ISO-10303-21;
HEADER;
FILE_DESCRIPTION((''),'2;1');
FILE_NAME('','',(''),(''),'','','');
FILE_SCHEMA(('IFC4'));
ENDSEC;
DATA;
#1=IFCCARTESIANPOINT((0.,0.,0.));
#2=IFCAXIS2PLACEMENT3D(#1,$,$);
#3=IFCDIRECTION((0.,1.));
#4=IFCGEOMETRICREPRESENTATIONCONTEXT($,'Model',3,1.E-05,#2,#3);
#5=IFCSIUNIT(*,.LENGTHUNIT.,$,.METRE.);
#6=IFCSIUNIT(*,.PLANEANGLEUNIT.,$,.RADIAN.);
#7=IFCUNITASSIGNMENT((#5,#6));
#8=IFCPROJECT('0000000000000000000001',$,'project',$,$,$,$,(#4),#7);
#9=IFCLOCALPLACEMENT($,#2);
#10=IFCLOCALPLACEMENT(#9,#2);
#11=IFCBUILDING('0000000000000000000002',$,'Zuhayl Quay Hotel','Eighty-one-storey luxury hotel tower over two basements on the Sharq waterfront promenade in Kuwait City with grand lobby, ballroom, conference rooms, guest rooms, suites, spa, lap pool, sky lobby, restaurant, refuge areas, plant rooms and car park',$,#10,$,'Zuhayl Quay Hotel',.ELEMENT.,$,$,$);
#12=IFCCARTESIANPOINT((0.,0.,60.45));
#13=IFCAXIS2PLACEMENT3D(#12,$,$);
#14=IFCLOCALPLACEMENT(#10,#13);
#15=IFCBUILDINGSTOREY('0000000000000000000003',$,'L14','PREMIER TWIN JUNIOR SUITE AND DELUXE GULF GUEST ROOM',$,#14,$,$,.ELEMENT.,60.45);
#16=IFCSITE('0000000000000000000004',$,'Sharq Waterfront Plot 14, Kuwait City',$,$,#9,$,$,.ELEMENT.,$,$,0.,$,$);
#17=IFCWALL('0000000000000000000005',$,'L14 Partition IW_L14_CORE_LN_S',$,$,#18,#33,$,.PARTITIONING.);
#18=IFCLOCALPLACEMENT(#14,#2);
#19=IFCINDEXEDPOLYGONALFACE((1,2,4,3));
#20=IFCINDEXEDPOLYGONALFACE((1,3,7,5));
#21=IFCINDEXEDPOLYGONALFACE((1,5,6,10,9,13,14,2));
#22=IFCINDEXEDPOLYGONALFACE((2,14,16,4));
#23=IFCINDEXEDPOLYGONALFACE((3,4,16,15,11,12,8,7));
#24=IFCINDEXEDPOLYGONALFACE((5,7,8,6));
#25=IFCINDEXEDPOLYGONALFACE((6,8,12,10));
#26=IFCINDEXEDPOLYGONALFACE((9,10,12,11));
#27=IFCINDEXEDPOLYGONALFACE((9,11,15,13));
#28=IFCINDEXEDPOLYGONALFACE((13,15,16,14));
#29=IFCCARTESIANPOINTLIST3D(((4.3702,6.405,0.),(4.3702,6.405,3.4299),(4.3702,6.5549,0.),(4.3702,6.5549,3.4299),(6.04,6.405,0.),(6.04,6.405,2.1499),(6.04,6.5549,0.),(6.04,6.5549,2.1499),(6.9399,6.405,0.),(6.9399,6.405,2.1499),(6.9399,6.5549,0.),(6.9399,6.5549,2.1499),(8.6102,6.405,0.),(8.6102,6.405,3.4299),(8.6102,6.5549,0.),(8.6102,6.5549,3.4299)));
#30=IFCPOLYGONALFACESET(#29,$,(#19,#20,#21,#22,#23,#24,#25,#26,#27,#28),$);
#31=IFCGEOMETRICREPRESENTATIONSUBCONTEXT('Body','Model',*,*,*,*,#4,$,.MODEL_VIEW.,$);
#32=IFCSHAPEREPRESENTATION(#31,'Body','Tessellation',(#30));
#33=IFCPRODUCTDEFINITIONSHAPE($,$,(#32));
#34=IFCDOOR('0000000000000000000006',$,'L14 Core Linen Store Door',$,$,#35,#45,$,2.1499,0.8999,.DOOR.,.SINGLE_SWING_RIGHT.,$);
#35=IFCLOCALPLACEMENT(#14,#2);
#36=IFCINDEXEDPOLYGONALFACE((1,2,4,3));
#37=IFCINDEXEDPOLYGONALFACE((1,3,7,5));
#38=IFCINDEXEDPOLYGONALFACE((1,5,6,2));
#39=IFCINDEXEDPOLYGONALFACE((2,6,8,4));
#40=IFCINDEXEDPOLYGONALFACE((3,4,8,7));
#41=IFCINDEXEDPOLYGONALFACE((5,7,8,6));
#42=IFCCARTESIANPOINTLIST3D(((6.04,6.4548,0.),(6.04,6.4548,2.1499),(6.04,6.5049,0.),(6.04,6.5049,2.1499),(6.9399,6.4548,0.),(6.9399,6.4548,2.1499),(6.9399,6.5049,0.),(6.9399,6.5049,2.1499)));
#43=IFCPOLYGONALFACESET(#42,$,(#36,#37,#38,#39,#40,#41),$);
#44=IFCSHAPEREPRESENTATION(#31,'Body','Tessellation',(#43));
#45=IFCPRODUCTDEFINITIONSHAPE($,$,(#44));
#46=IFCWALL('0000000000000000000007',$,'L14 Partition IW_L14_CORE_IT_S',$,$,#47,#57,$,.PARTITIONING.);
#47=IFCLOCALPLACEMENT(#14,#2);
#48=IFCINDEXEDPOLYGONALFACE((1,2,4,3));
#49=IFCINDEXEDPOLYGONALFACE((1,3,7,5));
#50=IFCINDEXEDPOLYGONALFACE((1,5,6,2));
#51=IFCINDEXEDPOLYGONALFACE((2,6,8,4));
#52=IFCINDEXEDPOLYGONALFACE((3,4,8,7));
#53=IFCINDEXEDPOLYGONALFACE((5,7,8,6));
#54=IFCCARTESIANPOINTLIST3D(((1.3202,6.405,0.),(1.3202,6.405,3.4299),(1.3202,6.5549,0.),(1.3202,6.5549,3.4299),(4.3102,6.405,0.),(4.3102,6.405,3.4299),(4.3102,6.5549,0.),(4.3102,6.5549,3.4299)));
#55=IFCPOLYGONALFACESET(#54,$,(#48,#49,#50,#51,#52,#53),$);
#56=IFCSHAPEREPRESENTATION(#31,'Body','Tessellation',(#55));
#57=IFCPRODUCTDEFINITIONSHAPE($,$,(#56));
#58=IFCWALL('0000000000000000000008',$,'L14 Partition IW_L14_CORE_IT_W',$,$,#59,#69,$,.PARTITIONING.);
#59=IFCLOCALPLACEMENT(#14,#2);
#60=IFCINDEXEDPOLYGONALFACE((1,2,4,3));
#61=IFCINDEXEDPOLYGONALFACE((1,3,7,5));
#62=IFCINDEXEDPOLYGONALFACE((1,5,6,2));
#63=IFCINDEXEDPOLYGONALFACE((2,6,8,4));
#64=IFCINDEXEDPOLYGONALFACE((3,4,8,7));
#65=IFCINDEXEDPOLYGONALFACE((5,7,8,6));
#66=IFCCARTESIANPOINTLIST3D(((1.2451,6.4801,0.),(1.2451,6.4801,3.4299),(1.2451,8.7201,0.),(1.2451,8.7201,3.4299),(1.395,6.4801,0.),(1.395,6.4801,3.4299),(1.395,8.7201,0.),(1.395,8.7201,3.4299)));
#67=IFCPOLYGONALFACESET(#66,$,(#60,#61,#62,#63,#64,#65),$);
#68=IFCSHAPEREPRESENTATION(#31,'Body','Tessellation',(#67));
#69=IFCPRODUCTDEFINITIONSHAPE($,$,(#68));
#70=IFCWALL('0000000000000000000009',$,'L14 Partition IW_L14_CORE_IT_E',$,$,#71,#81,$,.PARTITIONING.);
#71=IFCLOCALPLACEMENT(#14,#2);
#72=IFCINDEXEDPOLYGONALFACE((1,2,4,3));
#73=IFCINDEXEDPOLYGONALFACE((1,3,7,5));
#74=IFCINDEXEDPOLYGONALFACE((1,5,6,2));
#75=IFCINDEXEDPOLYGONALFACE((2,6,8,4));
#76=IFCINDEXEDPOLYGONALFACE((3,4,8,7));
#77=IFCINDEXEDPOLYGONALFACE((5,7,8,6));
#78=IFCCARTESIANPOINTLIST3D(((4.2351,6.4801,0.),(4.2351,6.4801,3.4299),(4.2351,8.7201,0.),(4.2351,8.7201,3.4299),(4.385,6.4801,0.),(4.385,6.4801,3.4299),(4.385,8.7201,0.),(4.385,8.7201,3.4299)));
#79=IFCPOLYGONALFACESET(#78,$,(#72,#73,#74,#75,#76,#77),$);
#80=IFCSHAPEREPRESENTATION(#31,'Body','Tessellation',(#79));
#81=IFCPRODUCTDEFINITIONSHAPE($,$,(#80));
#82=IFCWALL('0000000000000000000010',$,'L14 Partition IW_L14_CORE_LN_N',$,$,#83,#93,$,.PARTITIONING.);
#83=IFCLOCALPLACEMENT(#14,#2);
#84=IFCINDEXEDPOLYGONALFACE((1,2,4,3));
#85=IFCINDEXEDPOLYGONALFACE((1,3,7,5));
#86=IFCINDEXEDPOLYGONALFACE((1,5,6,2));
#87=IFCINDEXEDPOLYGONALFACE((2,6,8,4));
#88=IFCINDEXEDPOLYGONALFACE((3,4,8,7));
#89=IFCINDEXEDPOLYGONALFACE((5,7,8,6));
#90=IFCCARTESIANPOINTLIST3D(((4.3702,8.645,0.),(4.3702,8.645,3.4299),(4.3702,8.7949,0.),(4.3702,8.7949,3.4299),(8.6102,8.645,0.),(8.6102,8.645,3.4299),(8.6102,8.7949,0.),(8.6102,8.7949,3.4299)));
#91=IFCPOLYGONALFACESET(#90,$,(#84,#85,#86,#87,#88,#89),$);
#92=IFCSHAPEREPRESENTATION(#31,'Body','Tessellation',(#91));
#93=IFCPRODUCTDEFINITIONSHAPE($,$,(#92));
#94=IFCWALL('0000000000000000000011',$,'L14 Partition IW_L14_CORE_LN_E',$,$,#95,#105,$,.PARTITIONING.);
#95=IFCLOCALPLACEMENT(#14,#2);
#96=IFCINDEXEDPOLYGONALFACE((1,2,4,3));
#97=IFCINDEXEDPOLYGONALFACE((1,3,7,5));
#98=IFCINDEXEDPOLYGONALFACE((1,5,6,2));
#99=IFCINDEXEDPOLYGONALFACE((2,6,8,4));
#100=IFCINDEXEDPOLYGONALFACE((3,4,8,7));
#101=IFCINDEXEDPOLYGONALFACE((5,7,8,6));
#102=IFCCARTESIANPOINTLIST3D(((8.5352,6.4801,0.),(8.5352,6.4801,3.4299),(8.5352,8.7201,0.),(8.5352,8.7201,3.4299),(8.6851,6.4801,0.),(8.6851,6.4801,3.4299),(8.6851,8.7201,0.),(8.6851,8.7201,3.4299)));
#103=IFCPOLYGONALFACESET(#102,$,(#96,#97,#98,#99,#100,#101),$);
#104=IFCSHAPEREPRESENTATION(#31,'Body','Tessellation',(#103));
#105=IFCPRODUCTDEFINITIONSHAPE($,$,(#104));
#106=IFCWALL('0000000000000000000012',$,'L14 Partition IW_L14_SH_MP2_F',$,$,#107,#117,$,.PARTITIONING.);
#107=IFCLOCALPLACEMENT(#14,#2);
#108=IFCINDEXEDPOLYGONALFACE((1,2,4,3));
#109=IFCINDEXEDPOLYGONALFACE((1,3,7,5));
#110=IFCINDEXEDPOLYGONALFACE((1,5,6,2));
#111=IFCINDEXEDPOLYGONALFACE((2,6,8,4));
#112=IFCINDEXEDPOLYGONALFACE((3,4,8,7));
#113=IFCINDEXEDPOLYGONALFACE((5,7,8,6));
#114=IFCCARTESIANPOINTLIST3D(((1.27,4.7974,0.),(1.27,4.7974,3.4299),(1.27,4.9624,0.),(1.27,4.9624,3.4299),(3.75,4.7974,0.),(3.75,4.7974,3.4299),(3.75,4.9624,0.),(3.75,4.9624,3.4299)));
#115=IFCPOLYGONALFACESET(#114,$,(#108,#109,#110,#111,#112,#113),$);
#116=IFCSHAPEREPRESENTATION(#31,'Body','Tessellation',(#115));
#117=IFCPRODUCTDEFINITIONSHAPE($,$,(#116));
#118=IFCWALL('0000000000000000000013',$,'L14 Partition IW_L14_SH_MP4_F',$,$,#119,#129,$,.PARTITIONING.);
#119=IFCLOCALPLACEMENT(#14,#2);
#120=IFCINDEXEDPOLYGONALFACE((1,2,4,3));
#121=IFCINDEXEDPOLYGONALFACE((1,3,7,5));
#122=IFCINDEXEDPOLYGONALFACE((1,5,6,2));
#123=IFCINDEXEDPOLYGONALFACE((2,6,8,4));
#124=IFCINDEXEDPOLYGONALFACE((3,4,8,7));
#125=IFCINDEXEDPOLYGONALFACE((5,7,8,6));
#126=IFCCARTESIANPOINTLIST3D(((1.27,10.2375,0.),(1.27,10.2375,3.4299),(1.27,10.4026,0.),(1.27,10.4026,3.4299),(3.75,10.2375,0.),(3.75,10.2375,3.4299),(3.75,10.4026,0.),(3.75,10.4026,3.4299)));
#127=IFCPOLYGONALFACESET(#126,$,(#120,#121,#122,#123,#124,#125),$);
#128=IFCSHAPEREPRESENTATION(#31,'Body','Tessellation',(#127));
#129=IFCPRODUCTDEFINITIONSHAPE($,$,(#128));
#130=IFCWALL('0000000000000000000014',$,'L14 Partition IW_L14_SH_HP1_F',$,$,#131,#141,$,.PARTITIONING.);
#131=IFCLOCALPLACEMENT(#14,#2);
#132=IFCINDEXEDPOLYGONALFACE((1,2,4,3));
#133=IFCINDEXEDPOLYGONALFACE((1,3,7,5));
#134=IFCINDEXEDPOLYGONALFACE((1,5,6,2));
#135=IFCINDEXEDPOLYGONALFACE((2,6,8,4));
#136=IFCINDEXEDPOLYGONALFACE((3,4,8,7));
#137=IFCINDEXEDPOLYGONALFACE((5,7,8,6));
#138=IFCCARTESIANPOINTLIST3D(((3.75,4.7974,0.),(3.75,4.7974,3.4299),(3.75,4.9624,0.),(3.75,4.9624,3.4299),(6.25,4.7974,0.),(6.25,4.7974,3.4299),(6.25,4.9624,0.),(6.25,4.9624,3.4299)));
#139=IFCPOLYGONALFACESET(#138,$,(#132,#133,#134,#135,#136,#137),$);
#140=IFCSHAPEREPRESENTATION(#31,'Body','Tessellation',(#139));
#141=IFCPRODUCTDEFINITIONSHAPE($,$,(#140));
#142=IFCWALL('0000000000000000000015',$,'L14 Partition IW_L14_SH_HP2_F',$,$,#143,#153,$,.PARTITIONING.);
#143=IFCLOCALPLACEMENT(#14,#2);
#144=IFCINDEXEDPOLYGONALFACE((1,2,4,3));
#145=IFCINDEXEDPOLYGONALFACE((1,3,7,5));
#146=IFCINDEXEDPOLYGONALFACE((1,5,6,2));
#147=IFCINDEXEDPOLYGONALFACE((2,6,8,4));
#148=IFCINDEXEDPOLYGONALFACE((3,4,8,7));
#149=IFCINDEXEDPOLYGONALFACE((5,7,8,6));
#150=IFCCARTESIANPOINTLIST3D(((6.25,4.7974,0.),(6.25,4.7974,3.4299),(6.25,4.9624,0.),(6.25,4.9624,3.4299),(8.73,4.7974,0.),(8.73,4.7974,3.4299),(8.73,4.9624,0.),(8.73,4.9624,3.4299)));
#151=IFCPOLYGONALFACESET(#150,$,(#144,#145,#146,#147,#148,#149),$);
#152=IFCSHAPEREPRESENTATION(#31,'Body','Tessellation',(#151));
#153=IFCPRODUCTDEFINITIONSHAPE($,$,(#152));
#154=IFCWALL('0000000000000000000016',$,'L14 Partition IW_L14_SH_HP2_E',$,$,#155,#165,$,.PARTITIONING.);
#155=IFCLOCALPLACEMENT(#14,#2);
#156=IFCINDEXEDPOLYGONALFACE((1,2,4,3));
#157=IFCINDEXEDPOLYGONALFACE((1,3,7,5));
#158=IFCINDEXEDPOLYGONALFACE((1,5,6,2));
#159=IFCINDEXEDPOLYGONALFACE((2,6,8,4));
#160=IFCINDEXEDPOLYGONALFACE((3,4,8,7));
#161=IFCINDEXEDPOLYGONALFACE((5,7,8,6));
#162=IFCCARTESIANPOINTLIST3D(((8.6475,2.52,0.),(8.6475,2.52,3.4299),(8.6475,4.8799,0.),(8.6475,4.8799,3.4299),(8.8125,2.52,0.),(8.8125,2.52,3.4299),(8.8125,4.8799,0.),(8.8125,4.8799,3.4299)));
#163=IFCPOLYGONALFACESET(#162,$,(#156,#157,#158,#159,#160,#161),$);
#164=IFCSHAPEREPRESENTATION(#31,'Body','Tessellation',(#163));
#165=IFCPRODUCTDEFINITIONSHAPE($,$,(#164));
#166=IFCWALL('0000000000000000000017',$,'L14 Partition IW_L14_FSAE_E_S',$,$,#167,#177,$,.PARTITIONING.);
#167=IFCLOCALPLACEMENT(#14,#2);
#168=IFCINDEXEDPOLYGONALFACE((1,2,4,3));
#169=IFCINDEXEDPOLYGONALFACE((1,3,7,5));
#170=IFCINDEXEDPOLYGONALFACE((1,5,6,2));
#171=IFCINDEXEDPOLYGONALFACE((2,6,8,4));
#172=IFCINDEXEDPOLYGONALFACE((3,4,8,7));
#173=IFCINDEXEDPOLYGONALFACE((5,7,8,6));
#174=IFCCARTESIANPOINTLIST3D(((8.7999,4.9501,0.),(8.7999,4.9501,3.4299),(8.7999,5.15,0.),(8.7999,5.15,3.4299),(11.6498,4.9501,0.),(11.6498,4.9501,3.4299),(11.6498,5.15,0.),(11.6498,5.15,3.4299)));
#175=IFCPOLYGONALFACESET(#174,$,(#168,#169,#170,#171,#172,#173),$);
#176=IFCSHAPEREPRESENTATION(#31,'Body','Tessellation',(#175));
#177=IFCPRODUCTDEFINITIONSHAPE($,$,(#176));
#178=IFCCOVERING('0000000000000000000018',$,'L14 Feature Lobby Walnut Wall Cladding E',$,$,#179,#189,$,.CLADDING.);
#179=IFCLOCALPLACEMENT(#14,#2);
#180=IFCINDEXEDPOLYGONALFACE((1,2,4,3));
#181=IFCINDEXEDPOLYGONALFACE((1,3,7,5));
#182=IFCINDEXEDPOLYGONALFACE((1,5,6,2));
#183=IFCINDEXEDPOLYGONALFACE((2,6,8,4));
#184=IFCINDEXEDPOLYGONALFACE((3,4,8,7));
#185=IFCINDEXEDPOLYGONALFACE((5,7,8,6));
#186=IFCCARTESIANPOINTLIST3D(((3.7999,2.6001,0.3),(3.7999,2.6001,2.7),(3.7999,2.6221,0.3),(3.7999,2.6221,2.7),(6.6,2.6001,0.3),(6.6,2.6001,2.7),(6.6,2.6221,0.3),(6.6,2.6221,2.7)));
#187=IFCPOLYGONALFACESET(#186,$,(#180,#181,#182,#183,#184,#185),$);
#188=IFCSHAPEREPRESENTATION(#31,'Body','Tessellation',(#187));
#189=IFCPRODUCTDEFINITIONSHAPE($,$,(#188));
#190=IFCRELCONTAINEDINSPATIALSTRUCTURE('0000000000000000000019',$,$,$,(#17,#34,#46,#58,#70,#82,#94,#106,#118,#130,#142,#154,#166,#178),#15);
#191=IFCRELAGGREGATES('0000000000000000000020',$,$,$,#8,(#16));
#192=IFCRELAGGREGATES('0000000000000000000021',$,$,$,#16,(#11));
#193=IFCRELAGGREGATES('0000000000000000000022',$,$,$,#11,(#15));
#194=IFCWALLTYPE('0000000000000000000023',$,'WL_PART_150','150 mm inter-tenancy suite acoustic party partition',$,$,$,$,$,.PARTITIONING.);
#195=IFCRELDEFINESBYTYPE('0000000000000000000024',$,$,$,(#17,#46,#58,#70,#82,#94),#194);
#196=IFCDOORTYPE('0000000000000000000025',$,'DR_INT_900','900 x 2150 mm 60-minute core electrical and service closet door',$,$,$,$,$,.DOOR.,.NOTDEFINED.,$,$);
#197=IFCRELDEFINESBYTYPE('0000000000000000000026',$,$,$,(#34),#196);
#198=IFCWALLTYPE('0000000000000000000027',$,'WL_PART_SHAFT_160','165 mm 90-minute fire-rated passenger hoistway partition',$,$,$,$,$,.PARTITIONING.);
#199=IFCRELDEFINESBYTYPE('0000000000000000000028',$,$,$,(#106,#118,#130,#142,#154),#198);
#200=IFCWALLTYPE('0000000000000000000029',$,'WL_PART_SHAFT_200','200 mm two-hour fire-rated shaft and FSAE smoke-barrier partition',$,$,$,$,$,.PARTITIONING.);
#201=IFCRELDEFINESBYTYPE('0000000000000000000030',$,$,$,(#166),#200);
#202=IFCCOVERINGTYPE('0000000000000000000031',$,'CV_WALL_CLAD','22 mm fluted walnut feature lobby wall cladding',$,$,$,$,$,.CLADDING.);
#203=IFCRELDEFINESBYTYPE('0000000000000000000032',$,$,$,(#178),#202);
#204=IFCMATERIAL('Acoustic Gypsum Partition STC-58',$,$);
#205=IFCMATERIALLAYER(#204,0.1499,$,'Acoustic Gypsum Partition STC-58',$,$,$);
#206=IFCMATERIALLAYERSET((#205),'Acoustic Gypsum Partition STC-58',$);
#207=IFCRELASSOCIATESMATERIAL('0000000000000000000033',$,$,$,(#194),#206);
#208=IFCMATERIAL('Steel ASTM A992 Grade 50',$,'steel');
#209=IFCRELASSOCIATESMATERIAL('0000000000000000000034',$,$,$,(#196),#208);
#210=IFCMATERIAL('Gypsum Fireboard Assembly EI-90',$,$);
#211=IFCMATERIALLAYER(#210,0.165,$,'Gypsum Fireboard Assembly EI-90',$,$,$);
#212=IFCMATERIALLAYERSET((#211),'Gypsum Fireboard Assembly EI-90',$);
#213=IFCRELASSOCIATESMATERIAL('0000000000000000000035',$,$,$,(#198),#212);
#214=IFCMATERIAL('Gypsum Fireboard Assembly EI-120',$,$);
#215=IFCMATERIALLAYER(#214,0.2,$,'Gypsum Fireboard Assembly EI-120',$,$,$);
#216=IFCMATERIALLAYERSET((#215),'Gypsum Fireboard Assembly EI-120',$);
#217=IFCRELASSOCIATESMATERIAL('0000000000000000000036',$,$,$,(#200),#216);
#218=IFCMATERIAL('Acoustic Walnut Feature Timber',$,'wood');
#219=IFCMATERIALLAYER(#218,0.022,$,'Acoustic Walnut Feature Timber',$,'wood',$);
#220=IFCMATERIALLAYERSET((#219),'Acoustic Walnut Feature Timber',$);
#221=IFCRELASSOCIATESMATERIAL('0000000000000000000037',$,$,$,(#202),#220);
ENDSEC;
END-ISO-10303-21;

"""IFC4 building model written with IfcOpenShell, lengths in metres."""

from ifc_helpers import new_model, si_unit, direction, frame, frame_2d, origin, origin_2d, place, context, subcontext, project, spatial, rectangle, extrude, material, layer, layer_set, type_object, element, fill, save


model = new_model("IFC4")

# Units and contexts
model_context = context("Model", 3, precision=1e-05, world=origin(), true_north=direction((0.0, 1.0)))
body_context = subcontext(model_context, "Body", "Model", "MODEL_VIEW")
ifc_project = project(units=[si_unit("LENGTHUNIT", "METRE"), si_unit("PLANEANGLEUNIT", "RADIAN")], contexts=[model_context])

# Site, building, storey
site_placement = place(None, origin())
site = spatial("IfcSite", under=ifc_project, at=site_placement, Name="Sharq Waterfront Plot 14, Kuwait City", CompositionType="ELEMENT", RefElevation=0.0)
building_placement = place(site_placement, origin())
building = spatial("IfcBuilding", under=site, at=building_placement, Name="Zuhayl Quay Hotel", Description="Eighty-one-storey luxury hotel tower over two basements on the Sharq waterfront promenade in Kuwait City with grand lobby, ballroom, conference rooms, guest rooms, suites, spa, lap pool, sky lobby, restaurant, refuge areas, plant rooms and car park", LongName="Zuhayl Quay Hotel", CompositionType="ELEMENT")
storey_placement = place(building_placement, frame((0.0, 0.0, 60.45)))
storey = spatial("IfcBuildingStorey", under=building, at=storey_placement, Name="L14", Description="PREMIER TWIN JUNIOR SUITE AND DELUXE GULF GUEST ROOM", CompositionType="ELEMENT", Elevation=60.45)

# Wall, opening, door
ifc_material_1 = material(Name="Acoustic Gypsum Partition STC-58")
ifc_layer_1 = layer(ifc_material_1, 0.1499, Name="Acoustic Gypsum Partition STC-58")
ifc_layer_set_1 = layer_set([ifc_layer_1], Name="Acoustic Gypsum Partition STC-58")
wall_type_1 = type_object("IfcWallType", Name="WL_PART_150", Description="150 mm inter-tenancy suite acoustic party partition", PredefinedType="PARTITIONING", material=ifc_layer_set_1)
ifc_material_2 = material(Name="Steel ASTM A992 Grade 50", Category="steel")
door_type = type_object("IfcDoorType", Name="DR_INT_900", Description="900 x 2150 mm 60-minute core electrical and service closet door", OperationType="NOTDEFINED", PredefinedType="DOOR", material=ifc_material_2)
wall_1_placement = place(storey_placement, frame((4.3701, 6.48, 0.0), z_axis=(0.0, 0.0, 1.0), x_axis=(1.0, 0.0, 0.0)))
wall_1 = element("IfcWall", 1, at=wall_1_placement, inside=storey, type_object=wall_type_1, Name="L14 Partition IW_L14_CORE_LN_S", PredefinedType="PARTITIONING", context=body_context, shape_type="SweptSolid", body=[
    extrude(rectangle(XDim=4.24, YDim=0.1499, at=frame_2d((2.1201, 0.0))), origin(), (0.0, 0.0, 1.0), 3.4299),
])
opening_1_placement = place(wall_1_placement, frame((1.6699, 0.0, 0.0)))
opening_1 = element("IfcOpeningElement", 2, at=opening_1_placement, cuts=wall_1, PredefinedType="OPENING", context=body_context, shape_type="SweptSolid", body=[
    extrude(rectangle(XDim=0.8999, YDim=2.1499, at=frame_2d((0.45, 1.075))), frame((0.0, 0.085, 0.0), z_axis=(0.0, -1.0, 0.0), x_axis=(1.0, 0.0, 0.0)), (0.0, 0.0, 1.0), 0.1699),
])
door_1_placement = place(opening_1_placement, origin())
door_1 = element("IfcDoor", 3, at=door_1_placement, inside=storey, type_object=door_type, Name="L14 Core Linen Store Door", OperationType="SINGLE_SWING_RIGHT", OverallHeight=2.1499, OverallWidth=0.8999, PredefinedType="DOOR", context=body_context, shape_type="SweptSolid", body=[
    extrude(rectangle(XDim=0.8999, YDim=2.1499, at=frame_2d((0.45, 1.075))), frame((0.0, 0.0249, 0.0), z_axis=(0.0, -1.0, 0.0), x_axis=(1.0, 0.0, 0.0)), (0.0, 0.0, 1.0), 0.05),
])
fill(opening_1, door_1)

# Walls
wall_2_placement = place(storey_placement, frame((1.3201, 6.48, 0.0), z_axis=(0.0, 0.0, 1.0), x_axis=(1.0, 0.0, 0.0)))
element("IfcWall", 4, at=wall_2_placement, inside=storey, type_object=wall_type_1, Name="L14 Partition IW_L14_CORE_IT_S", PredefinedType="PARTITIONING", context=body_context, shape_type="SweptSolid", body=[
    extrude(rectangle(XDim=2.99, YDim=0.1499, at=frame_2d((1.4951, 0.0))), origin(), (0.0, 0.0, 1.0), 3.4299),
])
for number, where, z_axis, x_axis, name in (
    (5, (1.3201, 6.48, 0.0), (0.0, 0.0, 1.0), (0.0, 1.0, 0.0), "L14 Partition IW_L14_CORE_IT_W"),
    (6, (4.3101, 6.48, 0.0), (0.0, 0.0, 1.0), (0.0, 1.0, 0.0), "L14 Partition IW_L14_CORE_IT_E"),
):
    element("IfcWall", number, at=place(storey_placement, frame(where, z_axis=z_axis, x_axis=x_axis)), inside=storey, type_object=wall_type_1, Name=name, PredefinedType="PARTITIONING", context=body_context, shape_type="SweptSolid", body=[
        extrude(rectangle(XDim=2.24, YDim=0.1499, at=frame_2d((1.1201, 0.0))), origin(), (0.0, 0.0, 1.0), 3.4299),
    ])
wall_3_placement = place(storey_placement, frame((4.3701, 8.72, 0.0), z_axis=(0.0, 0.0, 1.0), x_axis=(1.0, 0.0, 0.0)))
element("IfcWall", 7, at=wall_3_placement, inside=storey, type_object=wall_type_1, Name="L14 Partition IW_L14_CORE_LN_N", PredefinedType="PARTITIONING", context=body_context, shape_type="SweptSolid", body=[
    extrude(rectangle(XDim=4.24, YDim=0.1499, at=frame_2d((2.1201, 0.0))), origin(), (0.0, 0.0, 1.0), 3.4299),
])
wall_4_placement = place(storey_placement, frame((8.6101, 6.48, 0.0), z_axis=(0.0, 0.0, 1.0), x_axis=(0.0, 1.0, 0.0)))
element("IfcWall", 8, at=wall_4_placement, inside=storey, type_object=wall_type_1, Name="L14 Partition IW_L14_CORE_LN_E", PredefinedType="PARTITIONING", context=body_context, shape_type="SweptSolid", body=[
    extrude(rectangle(XDim=2.24, YDim=0.1499, at=frame_2d((1.1201, 0.0))), origin(), (0.0, 0.0, 1.0), 3.4299),
])
ifc_material_3 = material(Name="Gypsum Fireboard Assembly EI-90")
ifc_layer_2 = layer(ifc_material_3, 0.165, Name="Gypsum Fireboard Assembly EI-90")
ifc_layer_set_2 = layer_set([ifc_layer_2], Name="Gypsum Fireboard Assembly EI-90")
wall_type_2 = type_object("IfcWallType", Name="WL_PART_SHAFT_160", Description="165 mm 90-minute fire-rated passenger hoistway partition", PredefinedType="PARTITIONING", material=ifc_layer_set_2)
for number, where, z_axis, x_axis, name in (
    (9, (1.27, 4.8799, 0.0), (0.0, 0.0, 1.0), (1.0, 0.0, 0.0), "L14 Partition IW_L14_SH_MP2_F"),
    (10, (1.27, 10.3201, 0.0), (0.0, 0.0, 1.0), (1.0, 0.0, 0.0), "L14 Partition IW_L14_SH_MP4_F"),
):
    element("IfcWall", number, at=place(storey_placement, frame(where, z_axis=z_axis, x_axis=x_axis)), inside=storey, type_object=wall_type_2, Name=name, PredefinedType="PARTITIONING", context=body_context, shape_type="SweptSolid", body=[
        extrude(rectangle(XDim=2.48, YDim=0.165, at=frame_2d((1.24, 0.0))), origin(), (0.0, 0.0, 1.0), 3.4299),
    ])
wall_5_placement = place(storey_placement, frame((3.75, 4.8799, 0.0), z_axis=(0.0, 0.0, 1.0), x_axis=(1.0, 0.0, 0.0)))
element("IfcWall", 11, at=wall_5_placement, inside=storey, type_object=wall_type_2, Name="L14 Partition IW_L14_SH_HP1_F", PredefinedType="PARTITIONING", context=body_context, shape_type="SweptSolid", body=[
    extrude(rectangle(XDim=2.5, YDim=0.165, at=frame_2d((1.25, 0.0))), origin(), (0.0, 0.0, 1.0), 3.4299),
])
wall_6_placement = place(storey_placement, frame((6.25, 4.8799, 0.0), z_axis=(0.0, 0.0, 1.0), x_axis=(1.0, 0.0, 0.0)))
element("IfcWall", 12, at=wall_6_placement, inside=storey, type_object=wall_type_2, Name="L14 Partition IW_L14_SH_HP2_F", PredefinedType="PARTITIONING", context=body_context, shape_type="SweptSolid", body=[
    extrude(rectangle(XDim=2.48, YDim=0.165, at=frame_2d((1.24, 0.0))), origin(), (0.0, 0.0, 1.0), 3.4299),
])
wall_7_placement = place(storey_placement, frame((8.73, 2.52, 0.0), z_axis=(0.0, 0.0, 1.0), x_axis=(0.0, 1.0, 0.0)))
element("IfcWall", 13, at=wall_7_placement, inside=storey, type_object=wall_type_2, Name="L14 Partition IW_L14_SH_HP2_E", PredefinedType="PARTITIONING", context=body_context, shape_type="SweptSolid", body=[
    extrude(rectangle(XDim=2.3599, YDim=0.165, at=frame_2d((1.1799, 0.0))), origin(), (0.0, 0.0, 1.0), 3.4299),
])
ifc_material_4 = material(Name="Gypsum Fireboard Assembly EI-120")
ifc_layer_3 = layer(ifc_material_4, 0.2, Name="Gypsum Fireboard Assembly EI-120")
ifc_layer_set_3 = layer_set([ifc_layer_3], Name="Gypsum Fireboard Assembly EI-120")
wall_type_3 = type_object("IfcWallType", Name="WL_PART_SHAFT_200", Description="200 mm two-hour fire-rated shaft and FSAE smoke-barrier partition", PredefinedType="PARTITIONING", material=ifc_layer_set_3)
wall_8_placement = place(storey_placement, frame((8.8, 5.05, 0.0), z_axis=(0.0, 0.0, 1.0), x_axis=(1.0, 0.0, 0.0)))
element("IfcWall", 14, at=wall_8_placement, inside=storey, type_object=wall_type_3, Name="L14 Partition IW_L14_FSAE_E_S", PredefinedType="PARTITIONING", context=body_context, shape_type="SweptSolid", body=[
    extrude(rectangle(XDim=2.8499, YDim=0.2, at=frame_2d((1.4248, 0.0))), origin(), (0.0, 0.0, 1.0), 3.4299),
])

# Covering
ifc_material_5 = material(Name="Acoustic Walnut Feature Timber", Category="wood")
ifc_layer_4 = layer(ifc_material_5, 0.022, Name="Acoustic Walnut Feature Timber", Category="wood")
ifc_layer_set_4 = layer_set([ifc_layer_4], Name="Acoustic Walnut Feature Timber")
covering_type = type_object("IfcCoveringType", Name="CV_WALL_CLAD", Description="22 mm fluted walnut feature lobby wall cladding", PredefinedType="CLADDING", material=ifc_layer_set_4)
covering_placement = place(storey_placement, frame((5.2, 2.6111, 0.3), z_axis=(0.0, 0.0, 1.0), x_axis=(1.0, 0.0, 0.0)))
element("IfcCovering", 15, at=covering_placement, inside=storey, type_object=covering_type, Name="L14 Feature Lobby Walnut Wall Cladding E", PredefinedType="CLADDING", context=body_context, shape_type="SweptSolid", body=[
    extrude(rectangle(XDim=2.8, YDim=0.022, at=origin_2d()), origin(), (0.0, 0.0, 1.0), 2.3999),
])

save(model, "model.ifc")
